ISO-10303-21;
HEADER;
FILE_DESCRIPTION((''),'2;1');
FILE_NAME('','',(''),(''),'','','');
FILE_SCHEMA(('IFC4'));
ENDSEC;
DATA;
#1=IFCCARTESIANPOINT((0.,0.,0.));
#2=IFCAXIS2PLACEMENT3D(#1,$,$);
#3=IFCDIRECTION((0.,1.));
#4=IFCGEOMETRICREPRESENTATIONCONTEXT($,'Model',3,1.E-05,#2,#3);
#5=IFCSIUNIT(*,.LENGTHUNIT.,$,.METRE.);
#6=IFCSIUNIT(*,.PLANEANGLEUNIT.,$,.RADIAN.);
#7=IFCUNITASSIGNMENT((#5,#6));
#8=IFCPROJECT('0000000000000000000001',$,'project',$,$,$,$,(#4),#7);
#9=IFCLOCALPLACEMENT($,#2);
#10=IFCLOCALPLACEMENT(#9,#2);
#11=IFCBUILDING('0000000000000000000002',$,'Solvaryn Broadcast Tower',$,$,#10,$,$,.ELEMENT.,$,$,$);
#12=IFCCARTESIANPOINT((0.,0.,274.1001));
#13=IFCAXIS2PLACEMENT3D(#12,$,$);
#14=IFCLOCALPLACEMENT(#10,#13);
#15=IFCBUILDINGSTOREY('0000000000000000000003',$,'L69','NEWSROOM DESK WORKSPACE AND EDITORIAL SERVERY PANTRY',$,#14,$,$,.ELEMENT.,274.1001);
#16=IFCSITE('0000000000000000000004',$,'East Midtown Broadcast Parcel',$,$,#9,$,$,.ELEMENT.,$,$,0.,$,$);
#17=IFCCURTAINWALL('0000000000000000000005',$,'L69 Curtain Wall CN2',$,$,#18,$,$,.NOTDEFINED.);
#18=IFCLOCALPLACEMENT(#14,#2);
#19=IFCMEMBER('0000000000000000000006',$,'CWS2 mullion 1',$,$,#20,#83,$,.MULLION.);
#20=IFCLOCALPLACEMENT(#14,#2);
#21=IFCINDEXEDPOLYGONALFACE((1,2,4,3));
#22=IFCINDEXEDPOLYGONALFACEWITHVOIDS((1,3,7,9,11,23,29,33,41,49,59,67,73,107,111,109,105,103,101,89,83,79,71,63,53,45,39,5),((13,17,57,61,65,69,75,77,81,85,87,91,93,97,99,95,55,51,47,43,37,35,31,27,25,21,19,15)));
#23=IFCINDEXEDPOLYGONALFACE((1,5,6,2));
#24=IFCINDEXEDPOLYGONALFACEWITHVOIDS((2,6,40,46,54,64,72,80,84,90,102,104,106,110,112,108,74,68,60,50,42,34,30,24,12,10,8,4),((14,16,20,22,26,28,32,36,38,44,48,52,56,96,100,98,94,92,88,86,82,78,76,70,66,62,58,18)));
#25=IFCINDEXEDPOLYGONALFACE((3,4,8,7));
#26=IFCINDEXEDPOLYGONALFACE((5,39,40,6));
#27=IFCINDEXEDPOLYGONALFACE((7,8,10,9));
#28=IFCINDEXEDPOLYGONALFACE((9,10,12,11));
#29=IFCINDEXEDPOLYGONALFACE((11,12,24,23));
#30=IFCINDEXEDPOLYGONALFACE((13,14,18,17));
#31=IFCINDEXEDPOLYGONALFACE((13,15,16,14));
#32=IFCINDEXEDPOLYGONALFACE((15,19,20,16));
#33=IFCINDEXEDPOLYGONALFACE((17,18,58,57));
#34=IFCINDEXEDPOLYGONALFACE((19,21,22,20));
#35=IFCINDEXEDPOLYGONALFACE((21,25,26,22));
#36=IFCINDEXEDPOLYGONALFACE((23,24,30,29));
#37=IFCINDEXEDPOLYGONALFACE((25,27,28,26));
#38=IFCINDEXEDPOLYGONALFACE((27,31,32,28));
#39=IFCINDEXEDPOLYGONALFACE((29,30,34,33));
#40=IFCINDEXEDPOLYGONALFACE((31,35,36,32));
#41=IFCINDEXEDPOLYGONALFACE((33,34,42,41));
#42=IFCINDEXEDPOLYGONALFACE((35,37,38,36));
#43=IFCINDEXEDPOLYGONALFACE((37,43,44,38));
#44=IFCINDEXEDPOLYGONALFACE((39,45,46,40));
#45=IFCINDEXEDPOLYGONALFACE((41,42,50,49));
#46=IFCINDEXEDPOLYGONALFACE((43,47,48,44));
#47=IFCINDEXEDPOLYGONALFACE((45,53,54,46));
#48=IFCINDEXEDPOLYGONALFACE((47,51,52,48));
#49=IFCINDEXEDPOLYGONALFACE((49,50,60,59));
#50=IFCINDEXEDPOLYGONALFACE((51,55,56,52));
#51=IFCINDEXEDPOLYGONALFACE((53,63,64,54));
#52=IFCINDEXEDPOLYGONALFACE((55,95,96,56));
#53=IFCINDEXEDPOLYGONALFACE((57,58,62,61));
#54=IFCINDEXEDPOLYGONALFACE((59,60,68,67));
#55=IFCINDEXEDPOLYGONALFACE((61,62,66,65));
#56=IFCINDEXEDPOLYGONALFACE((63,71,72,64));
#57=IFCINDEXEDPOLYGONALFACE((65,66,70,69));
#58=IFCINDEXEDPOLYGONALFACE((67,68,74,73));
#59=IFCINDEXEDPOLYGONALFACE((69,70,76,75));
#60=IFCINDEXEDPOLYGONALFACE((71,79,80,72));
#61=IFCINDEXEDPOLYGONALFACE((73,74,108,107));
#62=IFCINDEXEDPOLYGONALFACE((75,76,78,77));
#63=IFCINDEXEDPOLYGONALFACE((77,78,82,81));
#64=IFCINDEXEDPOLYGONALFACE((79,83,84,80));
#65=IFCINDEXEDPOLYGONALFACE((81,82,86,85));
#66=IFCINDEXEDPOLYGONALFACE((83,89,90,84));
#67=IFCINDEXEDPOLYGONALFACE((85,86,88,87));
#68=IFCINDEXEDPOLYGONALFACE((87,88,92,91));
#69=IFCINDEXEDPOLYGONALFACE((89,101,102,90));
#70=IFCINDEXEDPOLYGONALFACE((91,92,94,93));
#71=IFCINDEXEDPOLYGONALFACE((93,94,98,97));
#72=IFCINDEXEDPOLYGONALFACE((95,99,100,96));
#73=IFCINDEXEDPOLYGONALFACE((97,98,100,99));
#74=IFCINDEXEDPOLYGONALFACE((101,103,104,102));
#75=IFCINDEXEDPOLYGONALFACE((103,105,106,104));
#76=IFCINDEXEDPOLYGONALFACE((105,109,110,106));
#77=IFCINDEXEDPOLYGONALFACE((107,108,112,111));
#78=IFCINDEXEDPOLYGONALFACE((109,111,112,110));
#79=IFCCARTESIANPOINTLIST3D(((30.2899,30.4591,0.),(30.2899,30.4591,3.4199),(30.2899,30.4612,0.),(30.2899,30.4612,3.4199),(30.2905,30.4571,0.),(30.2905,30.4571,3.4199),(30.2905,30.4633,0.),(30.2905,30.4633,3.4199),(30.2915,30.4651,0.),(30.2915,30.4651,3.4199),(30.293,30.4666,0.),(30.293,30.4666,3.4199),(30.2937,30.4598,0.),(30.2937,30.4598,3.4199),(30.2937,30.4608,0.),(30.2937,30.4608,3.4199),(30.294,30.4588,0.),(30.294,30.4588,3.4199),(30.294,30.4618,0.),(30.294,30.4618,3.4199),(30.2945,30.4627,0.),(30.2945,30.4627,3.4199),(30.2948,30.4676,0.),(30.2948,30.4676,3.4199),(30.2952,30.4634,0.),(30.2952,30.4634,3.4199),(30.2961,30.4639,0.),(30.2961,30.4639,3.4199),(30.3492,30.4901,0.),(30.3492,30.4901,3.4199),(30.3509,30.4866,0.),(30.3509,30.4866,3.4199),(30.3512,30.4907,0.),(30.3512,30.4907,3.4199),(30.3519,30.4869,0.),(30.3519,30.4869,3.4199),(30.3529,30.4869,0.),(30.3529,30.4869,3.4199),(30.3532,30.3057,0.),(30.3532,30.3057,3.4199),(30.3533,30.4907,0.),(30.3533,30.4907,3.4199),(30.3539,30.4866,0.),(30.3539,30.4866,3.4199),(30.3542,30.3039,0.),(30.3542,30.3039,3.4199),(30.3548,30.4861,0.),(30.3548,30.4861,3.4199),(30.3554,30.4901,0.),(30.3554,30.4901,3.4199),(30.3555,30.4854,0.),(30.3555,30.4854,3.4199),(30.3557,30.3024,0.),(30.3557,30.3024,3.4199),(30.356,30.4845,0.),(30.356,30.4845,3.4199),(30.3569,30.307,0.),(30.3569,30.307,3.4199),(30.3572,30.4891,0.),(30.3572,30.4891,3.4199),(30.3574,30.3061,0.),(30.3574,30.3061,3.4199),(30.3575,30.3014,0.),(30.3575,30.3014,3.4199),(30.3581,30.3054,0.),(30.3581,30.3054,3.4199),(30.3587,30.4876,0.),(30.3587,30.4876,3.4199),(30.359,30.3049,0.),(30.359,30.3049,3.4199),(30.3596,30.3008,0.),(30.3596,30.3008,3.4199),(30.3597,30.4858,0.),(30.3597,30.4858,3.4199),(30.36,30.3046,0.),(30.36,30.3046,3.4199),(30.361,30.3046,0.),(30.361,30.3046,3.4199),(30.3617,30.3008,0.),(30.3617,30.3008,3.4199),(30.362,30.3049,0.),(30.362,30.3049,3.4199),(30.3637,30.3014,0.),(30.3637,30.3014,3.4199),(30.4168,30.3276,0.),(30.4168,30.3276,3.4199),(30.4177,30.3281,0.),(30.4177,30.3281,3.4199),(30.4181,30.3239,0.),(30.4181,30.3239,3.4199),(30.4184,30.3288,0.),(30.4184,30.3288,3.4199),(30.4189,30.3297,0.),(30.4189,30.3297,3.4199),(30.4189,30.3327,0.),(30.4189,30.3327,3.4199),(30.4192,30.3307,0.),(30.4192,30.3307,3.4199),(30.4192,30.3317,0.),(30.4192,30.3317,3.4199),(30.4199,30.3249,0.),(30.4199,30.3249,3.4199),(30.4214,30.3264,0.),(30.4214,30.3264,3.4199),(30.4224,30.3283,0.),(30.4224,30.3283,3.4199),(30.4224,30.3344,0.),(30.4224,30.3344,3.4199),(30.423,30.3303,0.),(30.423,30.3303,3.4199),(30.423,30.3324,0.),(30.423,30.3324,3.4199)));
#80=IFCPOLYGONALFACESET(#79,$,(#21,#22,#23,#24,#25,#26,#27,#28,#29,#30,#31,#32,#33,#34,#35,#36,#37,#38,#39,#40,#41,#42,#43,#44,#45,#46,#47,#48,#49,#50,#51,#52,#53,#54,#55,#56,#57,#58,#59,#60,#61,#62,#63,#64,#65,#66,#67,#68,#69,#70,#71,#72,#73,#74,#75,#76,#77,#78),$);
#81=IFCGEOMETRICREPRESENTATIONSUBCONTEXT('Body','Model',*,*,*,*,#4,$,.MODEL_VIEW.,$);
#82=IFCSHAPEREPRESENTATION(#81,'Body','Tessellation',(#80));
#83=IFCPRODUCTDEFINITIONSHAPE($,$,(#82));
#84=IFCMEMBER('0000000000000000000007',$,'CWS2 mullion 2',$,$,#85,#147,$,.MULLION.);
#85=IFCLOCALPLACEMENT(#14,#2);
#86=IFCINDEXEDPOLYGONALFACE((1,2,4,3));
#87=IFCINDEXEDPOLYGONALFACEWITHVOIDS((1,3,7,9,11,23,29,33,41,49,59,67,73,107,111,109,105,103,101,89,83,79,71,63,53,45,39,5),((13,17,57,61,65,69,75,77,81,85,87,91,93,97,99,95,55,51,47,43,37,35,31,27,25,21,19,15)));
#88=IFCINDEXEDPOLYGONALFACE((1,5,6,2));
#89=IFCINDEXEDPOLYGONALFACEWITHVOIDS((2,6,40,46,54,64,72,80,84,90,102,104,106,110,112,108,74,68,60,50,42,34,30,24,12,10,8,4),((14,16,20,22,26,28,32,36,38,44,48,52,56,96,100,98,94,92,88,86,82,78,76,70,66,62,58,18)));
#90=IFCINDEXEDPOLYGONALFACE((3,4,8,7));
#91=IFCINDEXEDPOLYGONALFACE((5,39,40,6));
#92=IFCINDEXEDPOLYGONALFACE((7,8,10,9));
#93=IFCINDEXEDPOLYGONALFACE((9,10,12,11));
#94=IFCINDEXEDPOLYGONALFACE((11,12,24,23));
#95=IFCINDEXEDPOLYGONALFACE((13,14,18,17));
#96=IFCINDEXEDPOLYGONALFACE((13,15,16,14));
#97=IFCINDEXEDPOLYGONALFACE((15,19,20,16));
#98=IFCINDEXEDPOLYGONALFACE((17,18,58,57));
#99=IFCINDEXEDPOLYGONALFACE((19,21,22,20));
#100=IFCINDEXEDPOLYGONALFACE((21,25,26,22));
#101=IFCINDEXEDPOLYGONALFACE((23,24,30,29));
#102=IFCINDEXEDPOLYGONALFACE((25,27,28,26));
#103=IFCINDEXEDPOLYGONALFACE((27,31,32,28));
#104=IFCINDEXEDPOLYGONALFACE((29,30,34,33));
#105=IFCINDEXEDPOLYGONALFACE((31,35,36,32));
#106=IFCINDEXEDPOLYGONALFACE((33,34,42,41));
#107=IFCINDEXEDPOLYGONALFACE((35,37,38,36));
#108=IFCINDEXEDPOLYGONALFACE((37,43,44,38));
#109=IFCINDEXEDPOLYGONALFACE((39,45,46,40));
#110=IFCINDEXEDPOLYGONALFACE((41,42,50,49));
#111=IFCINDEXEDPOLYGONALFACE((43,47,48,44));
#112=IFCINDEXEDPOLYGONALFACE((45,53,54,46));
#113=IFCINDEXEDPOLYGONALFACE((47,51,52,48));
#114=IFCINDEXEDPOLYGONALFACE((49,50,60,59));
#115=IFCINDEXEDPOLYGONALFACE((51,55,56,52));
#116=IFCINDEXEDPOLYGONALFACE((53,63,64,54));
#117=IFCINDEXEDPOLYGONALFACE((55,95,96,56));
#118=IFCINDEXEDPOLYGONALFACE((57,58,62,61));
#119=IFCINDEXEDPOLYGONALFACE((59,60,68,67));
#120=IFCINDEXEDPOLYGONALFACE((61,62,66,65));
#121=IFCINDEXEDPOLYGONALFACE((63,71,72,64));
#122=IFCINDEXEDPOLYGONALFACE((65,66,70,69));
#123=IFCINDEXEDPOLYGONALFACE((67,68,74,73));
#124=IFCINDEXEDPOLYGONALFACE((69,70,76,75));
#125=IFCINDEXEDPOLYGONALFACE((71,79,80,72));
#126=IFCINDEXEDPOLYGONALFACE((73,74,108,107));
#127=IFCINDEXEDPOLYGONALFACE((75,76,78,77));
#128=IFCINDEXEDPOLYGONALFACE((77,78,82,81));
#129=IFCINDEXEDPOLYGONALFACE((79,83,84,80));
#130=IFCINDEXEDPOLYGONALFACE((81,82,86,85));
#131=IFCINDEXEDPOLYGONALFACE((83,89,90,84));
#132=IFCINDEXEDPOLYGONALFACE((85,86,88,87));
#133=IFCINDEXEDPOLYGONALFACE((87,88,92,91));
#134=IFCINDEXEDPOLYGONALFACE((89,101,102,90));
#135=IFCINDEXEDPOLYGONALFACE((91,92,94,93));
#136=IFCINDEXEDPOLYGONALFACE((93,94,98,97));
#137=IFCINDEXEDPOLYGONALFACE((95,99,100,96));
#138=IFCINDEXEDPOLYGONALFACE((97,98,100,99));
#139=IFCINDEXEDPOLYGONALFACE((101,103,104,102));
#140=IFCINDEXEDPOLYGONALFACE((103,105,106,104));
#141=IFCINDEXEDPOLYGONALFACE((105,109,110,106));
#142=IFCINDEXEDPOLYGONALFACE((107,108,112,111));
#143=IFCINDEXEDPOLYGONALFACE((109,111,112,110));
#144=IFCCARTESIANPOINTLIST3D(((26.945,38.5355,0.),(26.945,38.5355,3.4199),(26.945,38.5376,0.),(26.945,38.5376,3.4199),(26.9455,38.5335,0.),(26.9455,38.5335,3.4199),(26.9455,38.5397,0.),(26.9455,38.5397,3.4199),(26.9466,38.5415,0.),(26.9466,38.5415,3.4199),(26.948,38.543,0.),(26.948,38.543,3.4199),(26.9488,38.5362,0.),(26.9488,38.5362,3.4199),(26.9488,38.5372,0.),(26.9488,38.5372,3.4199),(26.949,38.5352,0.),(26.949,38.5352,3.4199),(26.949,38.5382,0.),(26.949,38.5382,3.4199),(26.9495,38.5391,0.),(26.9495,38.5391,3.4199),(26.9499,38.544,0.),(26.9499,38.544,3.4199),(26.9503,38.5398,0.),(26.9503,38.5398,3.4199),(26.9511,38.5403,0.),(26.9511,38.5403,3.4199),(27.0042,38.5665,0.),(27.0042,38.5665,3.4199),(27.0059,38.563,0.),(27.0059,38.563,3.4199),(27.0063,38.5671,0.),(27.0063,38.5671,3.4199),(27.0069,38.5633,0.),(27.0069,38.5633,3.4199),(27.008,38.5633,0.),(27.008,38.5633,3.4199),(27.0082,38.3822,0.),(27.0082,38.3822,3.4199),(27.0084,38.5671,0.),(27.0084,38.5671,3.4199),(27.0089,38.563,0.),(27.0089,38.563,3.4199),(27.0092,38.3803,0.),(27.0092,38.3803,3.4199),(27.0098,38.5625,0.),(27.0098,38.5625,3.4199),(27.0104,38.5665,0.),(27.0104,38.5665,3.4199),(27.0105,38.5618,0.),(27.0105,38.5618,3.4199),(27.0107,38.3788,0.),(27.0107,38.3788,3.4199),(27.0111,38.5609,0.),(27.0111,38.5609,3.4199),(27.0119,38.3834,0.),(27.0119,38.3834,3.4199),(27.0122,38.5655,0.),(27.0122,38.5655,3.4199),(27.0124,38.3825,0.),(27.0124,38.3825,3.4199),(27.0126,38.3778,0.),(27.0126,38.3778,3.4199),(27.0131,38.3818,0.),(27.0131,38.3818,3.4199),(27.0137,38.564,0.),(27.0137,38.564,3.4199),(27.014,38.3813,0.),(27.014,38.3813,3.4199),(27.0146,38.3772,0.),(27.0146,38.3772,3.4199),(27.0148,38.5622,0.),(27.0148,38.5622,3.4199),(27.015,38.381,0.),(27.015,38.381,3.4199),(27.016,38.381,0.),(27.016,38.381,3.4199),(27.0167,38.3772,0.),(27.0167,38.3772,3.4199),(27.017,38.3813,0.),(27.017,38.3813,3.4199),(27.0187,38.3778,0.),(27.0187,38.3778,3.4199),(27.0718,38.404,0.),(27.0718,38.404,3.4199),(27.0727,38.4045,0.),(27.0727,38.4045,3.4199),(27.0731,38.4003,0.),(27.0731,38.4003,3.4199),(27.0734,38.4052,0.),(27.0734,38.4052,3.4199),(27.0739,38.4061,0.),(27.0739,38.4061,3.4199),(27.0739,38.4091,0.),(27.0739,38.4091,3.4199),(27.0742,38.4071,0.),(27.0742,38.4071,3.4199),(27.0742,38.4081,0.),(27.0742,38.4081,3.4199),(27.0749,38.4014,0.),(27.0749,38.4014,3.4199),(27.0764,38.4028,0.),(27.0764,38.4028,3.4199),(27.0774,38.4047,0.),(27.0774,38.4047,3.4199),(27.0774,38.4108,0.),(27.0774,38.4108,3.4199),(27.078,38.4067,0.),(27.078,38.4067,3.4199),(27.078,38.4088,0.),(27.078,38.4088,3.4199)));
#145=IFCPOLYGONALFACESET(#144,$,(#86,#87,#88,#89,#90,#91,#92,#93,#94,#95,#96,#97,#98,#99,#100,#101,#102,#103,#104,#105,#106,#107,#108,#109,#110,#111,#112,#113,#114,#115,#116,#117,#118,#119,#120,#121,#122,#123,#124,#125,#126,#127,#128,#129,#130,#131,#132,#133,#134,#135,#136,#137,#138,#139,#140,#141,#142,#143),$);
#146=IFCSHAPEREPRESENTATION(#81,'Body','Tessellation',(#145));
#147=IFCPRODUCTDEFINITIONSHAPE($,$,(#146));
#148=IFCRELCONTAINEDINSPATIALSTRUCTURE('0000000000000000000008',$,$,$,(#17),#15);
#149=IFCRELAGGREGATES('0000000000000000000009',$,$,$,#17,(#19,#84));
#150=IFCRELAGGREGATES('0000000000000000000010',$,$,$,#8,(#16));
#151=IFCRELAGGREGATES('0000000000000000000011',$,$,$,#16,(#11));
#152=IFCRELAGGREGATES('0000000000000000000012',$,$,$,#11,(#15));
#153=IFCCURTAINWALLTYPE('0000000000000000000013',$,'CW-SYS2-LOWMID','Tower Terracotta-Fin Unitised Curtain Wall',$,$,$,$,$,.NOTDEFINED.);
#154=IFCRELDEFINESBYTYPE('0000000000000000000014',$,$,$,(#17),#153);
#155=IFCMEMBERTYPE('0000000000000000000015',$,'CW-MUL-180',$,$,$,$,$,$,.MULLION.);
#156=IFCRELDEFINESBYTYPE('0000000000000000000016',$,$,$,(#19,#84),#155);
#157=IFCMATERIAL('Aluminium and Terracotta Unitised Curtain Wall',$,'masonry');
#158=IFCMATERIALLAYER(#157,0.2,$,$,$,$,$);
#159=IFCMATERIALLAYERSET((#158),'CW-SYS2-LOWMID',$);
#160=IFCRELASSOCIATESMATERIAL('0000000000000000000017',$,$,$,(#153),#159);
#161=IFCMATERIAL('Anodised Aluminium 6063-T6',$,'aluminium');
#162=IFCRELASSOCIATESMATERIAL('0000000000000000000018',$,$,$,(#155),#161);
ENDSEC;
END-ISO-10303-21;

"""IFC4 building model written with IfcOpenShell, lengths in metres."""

from ifc_helpers import new_model, si_unit, direction, frame, origin, origin_2d, place, context, subcontext, project, spatial, hollow_rectangle, extrude, material, layer, layer_set, material_profile, profile_set, type_object, element, aggregate, save


model = new_model("IFC4")

# Units and contexts
model_context = context("Model", 3, precision=1e-05, world=origin(), true_north=direction((0.0, 1.0)))
body_context = subcontext(model_context, "Body", "Model", "MODEL_VIEW")
ifc_project = project(units=[si_unit("LENGTHUNIT", "METRE"), si_unit("PLANEANGLEUNIT", "RADIAN")], contexts=[model_context])

# Site, building, storey
site_placement = place(None, origin())
site = spatial("IfcSite", under=ifc_project, at=site_placement, Name="East Midtown Broadcast Parcel", CompositionType="ELEMENT", RefElevation=0.0)
building_placement = place(site_placement, origin())
building = spatial("IfcBuilding", under=site, at=building_placement, Name="Solvaryn Broadcast Tower", CompositionType="ELEMENT")
storey_placement = place(building_placement, frame((0.0, 0.0, 274.1001)))
storey = spatial("IfcBuildingStorey", under=building, at=storey_placement, Name="L69", Description="NEWSROOM DESK WORKSPACE AND EDITORIAL SERVERY PANTRY", CompositionType="ELEMENT", Elevation=274.1001)

# Shared definitions
ifc_material_1 = material(Name="Aluminium and Terracotta Unitised Curtain Wall", Category="masonry")
ifc_layer_1 = layer(ifc_material_1, 0.2)
ifc_layer_set_1 = layer_set([ifc_layer_1], Name="CW-SYS2-LOWMID")
curtain_wall_type = type_object("IfcCurtainWallType", Name="CW-SYS2-LOWMID", Description="Tower Terracotta-Fin Unitised Curtain Wall", PredefinedType="NOTDEFINED", material=ifc_layer_set_1)
ifc_material_2 = material(Name="Anodised Aluminium 6063-T6", Category="aluminium")
ifc_material_profile_1 = material_profile(ifc_material_2, hollow_rectangle(XDim=0.075, YDim=0.1799, WallThickness=0.0039, InnerFilletRadius=0.0039, OuterFilletRadius=0.0081, at=origin_2d()))
ifc_profile_set_1 = profile_set([ifc_material_profile_1], Name="Anodised Aluminium 6063-T6")
member_type_1 = type_object("IfcMemberType", Name="CW-MUL-180", PredefinedType="MULLION", material=ifc_profile_set_1)

# Curtain wall, members
curtain_wall_1_placement = place(storey_placement, origin())
curtain_wall_1 = element("IfcCurtainWall", 1, at=curtain_wall_1_placement, inside=storey, type_object=curtain_wall_type, Name="L69 Curtain Wall CN2", PredefinedType="NOTDEFINED")
member_1_placement = place(storey_placement, frame((30.3564, 30.3958, 0.0), z_axis=(0.0, 0.0, 1.0), x_axis=(-0.923895, -0.382646, 0.0)))
member_1 = element("IfcMember", 2, at=member_1_placement, type_object=member_type_1, Name="CWS2 mullion 1", PredefinedType="MULLION", context=body_context, shape_type="SweptSolid", body=[
    extrude(hollow_rectangle(XDim=0.075, YDim=0.1799, WallThickness=0.0039, InnerFilletRadius=0.0039, OuterFilletRadius=0.0081, at=origin_2d()), origin(), (0.0, 0.0, 1.0), 3.4199),
])
member_2_placement = place(storey_placement, frame((27.0115, 38.4722, 0.0), z_axis=(0.0, 0.0, 1.0), x_axis=(-0.923895, -0.382646, 0.0)))
member_2 = element("IfcMember", 3, at=member_2_placement, type_object=member_type_1, Name="CWS2 mullion 2", PredefinedType="MULLION", context=body_context, shape_type="SweptSolid", body=[
    extrude(hollow_rectangle(XDim=0.075, YDim=0.1799, WallThickness=0.0039, InnerFilletRadius=0.0039, OuterFilletRadius=0.0081, at=origin_2d()), origin(), (0.0, 0.0, 1.0), 3.4199),
])

aggregate(curtain_wall_1, [member_1, member_2])

save(model, "model.ifc")
